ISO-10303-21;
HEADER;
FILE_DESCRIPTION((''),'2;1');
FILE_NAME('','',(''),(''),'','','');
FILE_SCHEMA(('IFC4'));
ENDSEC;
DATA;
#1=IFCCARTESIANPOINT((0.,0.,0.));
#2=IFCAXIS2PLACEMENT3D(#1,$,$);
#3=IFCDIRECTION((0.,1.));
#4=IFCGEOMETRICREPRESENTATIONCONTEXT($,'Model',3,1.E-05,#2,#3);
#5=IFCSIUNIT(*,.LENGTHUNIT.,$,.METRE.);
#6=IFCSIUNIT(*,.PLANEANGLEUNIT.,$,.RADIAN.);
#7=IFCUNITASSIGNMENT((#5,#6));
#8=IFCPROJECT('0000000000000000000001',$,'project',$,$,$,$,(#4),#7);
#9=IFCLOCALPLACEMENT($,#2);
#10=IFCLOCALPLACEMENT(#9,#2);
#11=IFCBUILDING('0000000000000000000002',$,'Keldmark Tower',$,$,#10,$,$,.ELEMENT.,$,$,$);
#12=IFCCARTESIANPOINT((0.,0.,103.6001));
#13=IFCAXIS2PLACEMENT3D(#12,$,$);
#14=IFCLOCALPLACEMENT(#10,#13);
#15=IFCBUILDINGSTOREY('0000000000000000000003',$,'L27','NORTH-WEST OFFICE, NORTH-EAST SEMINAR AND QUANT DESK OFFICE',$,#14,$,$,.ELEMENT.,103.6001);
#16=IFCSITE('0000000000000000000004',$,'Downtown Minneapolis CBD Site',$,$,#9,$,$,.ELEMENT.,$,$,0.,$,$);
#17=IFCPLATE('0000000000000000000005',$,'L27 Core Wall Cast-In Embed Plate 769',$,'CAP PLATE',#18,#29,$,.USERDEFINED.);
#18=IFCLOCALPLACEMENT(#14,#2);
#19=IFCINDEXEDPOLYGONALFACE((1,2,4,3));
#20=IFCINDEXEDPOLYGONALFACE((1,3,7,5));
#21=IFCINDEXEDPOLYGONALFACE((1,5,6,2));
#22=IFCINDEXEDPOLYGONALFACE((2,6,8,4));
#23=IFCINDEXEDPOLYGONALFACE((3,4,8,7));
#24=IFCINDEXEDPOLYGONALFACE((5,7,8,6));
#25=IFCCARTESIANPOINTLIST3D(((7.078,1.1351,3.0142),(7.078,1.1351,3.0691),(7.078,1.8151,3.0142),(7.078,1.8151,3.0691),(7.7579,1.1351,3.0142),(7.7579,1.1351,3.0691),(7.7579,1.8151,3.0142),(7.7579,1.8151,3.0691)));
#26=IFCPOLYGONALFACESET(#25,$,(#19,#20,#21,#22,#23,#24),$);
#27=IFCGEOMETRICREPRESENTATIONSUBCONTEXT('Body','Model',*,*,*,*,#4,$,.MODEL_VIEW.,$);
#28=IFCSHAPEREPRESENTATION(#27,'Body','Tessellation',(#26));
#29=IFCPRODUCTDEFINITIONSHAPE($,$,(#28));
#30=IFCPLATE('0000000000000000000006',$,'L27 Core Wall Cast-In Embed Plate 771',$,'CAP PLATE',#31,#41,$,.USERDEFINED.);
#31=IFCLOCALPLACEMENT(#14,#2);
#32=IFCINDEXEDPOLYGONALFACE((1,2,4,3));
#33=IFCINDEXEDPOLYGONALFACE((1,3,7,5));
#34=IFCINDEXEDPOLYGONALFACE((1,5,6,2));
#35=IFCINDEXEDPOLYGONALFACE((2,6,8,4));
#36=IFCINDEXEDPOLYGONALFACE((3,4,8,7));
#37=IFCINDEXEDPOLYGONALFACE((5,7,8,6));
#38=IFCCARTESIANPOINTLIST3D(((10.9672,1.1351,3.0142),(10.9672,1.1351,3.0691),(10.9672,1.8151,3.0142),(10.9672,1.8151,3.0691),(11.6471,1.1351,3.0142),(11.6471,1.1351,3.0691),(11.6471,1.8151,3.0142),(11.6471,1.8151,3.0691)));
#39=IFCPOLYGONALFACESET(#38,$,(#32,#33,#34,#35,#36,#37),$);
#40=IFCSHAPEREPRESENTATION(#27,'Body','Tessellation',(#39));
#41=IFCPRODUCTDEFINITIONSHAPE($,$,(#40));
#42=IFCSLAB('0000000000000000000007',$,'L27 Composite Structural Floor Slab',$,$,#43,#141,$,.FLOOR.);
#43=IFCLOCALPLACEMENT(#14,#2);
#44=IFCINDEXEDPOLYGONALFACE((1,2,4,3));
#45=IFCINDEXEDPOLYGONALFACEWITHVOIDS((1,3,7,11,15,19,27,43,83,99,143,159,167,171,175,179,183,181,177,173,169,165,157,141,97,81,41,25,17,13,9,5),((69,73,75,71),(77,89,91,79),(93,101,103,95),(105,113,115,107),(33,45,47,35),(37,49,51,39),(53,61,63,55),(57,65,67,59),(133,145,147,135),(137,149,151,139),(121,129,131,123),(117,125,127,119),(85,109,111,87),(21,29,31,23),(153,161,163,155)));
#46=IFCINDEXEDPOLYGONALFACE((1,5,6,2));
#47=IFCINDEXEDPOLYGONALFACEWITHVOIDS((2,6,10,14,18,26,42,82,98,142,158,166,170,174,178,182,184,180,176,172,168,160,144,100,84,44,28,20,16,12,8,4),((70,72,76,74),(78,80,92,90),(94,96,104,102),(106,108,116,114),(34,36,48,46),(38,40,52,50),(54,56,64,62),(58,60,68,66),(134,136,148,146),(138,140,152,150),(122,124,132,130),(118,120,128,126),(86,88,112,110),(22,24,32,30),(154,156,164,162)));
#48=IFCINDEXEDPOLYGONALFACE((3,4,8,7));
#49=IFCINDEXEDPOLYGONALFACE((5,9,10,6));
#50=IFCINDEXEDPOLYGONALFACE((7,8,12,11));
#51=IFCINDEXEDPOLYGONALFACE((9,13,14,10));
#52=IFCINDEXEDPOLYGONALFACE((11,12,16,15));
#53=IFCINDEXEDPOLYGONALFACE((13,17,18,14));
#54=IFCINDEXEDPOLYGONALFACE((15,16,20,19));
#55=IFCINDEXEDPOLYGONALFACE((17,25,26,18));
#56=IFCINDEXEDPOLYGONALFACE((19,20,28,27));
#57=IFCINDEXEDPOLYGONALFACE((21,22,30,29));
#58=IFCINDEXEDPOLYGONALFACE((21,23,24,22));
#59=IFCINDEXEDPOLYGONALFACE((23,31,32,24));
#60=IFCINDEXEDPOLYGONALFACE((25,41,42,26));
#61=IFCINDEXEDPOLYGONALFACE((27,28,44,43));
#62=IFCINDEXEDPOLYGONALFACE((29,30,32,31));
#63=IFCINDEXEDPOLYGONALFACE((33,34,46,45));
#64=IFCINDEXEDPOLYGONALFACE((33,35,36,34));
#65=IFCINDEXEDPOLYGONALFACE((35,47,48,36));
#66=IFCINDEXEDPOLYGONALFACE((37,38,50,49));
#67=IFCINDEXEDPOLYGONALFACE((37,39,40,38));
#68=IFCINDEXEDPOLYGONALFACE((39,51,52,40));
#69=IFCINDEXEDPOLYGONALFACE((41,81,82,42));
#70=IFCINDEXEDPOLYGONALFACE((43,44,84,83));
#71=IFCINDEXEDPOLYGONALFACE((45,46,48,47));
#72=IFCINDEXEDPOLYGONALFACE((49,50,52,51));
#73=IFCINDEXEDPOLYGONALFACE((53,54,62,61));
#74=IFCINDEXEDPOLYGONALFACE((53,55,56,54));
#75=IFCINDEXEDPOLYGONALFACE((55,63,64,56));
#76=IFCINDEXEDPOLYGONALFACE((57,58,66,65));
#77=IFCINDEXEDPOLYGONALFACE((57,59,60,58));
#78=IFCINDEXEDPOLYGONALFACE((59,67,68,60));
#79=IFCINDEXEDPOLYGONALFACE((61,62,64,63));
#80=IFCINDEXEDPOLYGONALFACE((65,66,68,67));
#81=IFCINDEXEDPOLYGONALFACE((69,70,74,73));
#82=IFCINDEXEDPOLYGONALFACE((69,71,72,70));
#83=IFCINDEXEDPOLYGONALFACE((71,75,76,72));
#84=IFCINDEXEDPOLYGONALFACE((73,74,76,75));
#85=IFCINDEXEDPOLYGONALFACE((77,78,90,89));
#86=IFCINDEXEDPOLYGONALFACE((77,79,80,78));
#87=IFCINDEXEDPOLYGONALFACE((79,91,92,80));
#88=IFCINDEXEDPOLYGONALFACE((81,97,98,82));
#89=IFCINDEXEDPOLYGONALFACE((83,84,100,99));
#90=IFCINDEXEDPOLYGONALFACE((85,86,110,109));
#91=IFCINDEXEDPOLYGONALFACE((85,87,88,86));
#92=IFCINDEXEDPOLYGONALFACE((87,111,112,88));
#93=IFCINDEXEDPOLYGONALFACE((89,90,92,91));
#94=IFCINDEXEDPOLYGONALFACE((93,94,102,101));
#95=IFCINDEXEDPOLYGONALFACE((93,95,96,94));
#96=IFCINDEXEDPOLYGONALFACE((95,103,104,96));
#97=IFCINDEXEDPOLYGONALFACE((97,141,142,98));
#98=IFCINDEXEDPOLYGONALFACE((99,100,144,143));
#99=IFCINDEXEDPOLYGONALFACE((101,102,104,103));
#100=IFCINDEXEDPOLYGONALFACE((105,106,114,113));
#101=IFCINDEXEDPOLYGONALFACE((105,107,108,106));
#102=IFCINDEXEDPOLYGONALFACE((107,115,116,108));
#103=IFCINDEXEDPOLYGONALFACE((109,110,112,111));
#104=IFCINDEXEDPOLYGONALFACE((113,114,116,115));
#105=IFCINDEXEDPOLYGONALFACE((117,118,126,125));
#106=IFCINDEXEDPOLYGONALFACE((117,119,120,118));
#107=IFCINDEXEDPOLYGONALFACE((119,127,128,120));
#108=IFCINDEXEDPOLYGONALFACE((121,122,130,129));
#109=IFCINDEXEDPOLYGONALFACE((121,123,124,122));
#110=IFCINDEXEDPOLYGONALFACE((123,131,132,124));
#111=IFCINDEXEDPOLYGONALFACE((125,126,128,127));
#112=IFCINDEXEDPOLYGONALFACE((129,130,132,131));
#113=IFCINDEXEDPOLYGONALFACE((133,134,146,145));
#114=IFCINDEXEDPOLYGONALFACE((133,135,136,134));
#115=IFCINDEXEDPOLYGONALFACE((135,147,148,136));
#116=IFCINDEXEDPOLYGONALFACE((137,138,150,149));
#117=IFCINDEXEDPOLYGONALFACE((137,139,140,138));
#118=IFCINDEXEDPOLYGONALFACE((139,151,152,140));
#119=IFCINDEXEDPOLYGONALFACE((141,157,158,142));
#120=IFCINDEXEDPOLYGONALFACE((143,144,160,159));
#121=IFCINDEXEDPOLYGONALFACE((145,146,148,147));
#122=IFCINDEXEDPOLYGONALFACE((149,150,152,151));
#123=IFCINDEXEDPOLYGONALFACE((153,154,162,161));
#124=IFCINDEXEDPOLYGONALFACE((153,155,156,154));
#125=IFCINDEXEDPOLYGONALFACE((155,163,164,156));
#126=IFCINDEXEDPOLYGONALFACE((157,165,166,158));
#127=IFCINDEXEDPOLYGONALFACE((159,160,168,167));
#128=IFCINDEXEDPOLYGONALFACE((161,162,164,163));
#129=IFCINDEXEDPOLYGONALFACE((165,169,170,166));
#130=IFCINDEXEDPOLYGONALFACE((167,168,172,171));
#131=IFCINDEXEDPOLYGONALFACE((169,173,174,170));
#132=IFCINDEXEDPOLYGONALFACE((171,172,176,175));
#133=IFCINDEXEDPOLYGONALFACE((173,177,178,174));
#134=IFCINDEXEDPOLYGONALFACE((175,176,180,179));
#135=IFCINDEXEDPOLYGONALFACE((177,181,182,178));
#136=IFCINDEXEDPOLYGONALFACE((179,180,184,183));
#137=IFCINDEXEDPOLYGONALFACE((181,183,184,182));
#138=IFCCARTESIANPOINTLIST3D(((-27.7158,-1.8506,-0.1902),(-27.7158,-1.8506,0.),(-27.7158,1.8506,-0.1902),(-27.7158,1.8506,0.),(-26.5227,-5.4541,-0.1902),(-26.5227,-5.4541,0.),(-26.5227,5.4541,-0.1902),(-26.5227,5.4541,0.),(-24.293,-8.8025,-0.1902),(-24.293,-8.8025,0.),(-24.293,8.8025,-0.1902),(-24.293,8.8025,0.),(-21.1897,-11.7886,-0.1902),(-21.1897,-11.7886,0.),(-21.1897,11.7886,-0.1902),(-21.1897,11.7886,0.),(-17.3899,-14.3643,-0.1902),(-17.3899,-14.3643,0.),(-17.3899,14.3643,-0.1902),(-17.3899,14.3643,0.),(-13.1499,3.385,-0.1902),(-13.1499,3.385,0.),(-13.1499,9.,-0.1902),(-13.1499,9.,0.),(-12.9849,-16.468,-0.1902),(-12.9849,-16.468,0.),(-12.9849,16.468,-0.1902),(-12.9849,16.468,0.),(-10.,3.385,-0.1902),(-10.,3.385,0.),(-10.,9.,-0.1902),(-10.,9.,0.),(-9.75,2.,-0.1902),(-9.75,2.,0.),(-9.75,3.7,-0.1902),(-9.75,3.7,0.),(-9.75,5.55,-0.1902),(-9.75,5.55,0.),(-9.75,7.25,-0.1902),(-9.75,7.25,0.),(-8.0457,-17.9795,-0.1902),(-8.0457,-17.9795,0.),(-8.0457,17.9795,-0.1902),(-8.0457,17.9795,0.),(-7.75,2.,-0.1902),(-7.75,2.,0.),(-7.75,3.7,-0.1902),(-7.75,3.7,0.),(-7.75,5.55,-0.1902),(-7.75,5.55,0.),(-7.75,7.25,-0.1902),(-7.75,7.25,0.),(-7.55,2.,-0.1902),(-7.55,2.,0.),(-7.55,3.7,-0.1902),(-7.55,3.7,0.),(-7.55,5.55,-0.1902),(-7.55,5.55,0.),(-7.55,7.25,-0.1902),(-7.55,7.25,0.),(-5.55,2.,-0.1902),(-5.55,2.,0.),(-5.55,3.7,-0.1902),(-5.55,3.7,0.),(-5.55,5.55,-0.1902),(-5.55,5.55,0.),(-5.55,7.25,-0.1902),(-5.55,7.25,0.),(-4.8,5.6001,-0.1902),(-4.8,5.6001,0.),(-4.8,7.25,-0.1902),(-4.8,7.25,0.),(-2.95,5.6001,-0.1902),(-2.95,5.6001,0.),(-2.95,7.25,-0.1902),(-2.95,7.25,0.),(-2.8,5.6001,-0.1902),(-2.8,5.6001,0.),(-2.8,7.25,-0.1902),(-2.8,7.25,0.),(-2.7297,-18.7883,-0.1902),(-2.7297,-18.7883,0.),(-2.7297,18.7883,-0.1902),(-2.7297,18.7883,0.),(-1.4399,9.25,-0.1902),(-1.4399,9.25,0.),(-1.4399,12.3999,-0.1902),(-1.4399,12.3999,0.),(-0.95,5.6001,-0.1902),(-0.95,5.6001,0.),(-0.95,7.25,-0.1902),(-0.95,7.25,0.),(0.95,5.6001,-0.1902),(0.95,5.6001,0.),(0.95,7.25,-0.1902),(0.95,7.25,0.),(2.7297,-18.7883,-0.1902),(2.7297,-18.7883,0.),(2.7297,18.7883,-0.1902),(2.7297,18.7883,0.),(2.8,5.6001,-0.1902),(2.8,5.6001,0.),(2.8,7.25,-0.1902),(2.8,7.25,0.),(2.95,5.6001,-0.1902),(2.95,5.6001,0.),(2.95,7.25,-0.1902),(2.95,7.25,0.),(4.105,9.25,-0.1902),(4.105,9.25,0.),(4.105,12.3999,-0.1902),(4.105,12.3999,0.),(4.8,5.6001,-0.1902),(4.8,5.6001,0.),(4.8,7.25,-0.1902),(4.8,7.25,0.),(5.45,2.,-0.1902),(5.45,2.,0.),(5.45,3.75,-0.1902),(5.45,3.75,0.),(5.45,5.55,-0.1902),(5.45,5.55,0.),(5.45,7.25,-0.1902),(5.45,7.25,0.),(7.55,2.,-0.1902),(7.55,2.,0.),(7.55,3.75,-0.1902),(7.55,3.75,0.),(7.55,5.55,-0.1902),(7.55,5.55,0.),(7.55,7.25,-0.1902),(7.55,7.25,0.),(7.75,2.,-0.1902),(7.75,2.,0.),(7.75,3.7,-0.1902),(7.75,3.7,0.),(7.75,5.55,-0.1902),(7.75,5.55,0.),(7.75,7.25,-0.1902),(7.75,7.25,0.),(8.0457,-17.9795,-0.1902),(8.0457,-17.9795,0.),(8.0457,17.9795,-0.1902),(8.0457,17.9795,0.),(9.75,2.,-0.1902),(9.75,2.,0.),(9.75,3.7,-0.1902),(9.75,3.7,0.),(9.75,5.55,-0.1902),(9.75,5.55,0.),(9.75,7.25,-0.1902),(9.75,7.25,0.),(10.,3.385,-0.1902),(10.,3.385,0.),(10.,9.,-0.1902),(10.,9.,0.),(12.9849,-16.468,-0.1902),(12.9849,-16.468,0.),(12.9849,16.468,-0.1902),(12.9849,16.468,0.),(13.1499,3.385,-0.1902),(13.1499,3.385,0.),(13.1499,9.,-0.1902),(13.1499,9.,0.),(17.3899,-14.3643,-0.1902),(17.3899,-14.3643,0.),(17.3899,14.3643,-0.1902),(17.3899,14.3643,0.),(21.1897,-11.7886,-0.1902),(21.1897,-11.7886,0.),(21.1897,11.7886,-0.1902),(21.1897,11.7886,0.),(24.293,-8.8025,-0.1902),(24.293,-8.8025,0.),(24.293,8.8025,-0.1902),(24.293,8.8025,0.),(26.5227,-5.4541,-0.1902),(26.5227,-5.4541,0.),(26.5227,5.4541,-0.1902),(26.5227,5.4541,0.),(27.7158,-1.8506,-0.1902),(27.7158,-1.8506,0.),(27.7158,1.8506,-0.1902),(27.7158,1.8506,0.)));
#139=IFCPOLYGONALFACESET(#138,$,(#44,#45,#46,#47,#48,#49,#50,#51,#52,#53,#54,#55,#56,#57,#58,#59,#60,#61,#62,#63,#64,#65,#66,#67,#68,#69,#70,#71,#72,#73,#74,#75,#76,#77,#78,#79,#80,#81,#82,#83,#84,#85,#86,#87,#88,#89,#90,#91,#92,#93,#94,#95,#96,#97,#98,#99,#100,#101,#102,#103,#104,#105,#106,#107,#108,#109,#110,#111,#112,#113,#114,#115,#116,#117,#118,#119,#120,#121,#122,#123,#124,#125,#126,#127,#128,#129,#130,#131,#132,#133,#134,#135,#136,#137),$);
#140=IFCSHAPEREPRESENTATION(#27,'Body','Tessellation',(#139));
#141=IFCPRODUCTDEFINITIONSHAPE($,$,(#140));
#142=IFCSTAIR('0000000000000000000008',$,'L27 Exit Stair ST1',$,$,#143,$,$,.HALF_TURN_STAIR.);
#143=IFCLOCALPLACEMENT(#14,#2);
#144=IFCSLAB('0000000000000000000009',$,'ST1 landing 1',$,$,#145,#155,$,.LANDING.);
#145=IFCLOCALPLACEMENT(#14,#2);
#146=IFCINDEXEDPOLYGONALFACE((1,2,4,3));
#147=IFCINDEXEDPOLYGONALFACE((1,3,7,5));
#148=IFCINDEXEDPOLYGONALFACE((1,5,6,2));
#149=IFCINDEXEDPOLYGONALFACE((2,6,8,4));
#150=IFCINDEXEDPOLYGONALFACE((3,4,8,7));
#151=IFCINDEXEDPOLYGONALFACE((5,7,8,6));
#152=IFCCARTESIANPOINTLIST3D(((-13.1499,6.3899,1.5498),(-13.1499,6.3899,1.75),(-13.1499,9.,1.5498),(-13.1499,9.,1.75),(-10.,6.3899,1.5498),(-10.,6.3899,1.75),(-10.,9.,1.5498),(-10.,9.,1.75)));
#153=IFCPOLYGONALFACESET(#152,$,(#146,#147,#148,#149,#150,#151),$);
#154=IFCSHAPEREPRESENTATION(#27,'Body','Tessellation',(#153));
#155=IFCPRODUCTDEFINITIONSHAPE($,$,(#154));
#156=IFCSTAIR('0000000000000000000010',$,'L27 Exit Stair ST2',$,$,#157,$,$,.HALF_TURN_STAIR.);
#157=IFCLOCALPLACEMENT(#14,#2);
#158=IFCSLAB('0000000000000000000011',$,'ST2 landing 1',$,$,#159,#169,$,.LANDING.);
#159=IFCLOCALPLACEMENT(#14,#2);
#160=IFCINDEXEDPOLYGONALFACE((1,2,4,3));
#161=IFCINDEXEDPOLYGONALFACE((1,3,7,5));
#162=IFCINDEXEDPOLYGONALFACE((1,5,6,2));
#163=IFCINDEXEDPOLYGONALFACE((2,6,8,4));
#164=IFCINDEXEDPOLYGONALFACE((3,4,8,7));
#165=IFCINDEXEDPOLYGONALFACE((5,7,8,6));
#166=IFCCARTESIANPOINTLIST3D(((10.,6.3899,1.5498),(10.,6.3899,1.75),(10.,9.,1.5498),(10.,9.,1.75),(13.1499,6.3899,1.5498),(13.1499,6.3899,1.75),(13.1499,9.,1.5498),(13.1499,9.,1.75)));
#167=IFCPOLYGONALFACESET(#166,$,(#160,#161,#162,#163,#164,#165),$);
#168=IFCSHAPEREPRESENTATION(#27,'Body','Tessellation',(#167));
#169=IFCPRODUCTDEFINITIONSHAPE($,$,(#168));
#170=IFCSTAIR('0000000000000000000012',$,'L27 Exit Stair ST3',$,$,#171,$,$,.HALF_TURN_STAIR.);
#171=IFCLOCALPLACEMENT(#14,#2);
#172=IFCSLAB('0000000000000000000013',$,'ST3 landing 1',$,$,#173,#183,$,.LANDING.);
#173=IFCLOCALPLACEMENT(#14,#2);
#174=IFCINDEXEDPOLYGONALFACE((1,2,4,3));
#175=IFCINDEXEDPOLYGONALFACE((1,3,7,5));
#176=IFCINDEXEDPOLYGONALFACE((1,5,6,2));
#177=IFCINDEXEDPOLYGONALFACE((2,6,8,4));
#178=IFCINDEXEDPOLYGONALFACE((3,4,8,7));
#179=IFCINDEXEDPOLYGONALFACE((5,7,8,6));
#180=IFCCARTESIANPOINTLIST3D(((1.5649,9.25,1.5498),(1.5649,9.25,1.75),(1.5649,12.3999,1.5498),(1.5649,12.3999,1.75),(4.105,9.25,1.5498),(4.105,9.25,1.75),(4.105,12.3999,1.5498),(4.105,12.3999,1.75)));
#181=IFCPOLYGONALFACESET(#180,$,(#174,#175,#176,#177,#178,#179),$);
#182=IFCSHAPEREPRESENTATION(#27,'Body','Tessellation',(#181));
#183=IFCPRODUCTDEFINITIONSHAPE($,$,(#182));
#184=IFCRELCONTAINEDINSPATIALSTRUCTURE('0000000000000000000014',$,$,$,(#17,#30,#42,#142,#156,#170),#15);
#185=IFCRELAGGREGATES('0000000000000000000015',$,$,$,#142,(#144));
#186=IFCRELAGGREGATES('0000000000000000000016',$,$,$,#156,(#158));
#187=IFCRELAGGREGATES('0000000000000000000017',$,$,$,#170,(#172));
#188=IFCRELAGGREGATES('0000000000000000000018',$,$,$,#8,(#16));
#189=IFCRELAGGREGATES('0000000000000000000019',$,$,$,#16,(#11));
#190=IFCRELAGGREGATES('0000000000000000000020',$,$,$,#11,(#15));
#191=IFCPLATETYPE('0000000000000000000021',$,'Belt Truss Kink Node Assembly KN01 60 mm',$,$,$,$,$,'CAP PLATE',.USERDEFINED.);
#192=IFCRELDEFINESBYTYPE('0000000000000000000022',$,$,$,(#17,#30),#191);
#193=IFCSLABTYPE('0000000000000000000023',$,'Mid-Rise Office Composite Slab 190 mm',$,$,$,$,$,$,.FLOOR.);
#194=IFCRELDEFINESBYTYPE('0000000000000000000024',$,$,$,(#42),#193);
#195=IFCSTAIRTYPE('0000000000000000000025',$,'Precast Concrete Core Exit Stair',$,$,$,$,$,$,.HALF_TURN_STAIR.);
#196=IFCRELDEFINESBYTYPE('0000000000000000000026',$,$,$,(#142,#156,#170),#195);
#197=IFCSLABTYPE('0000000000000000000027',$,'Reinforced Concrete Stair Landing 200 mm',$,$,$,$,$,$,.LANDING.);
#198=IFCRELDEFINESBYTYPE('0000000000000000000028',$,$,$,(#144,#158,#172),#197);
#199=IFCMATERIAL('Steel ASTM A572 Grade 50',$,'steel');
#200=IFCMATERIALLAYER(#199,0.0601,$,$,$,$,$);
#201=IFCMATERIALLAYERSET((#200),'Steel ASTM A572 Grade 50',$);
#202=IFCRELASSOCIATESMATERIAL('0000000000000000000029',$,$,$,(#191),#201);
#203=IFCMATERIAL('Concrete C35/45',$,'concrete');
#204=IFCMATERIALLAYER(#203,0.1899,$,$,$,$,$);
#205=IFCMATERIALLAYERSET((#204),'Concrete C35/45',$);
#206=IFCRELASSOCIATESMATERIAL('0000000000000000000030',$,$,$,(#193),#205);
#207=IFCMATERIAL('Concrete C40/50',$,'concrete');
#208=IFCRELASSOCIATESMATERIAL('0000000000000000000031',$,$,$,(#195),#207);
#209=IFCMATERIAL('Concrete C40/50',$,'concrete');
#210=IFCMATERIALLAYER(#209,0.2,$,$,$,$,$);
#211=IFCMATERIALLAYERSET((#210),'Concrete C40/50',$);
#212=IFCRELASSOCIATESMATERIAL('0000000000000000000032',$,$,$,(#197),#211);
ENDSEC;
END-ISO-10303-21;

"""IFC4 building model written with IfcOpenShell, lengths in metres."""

from ifc_helpers import new_model, si_unit, direction, frame, origin, origin_2d, place, context, subcontext, project, spatial, polyline, rectangle, outline, extrude, material, layer, layer_set, type_object, element, aggregate, save


model = new_model("IFC4")

# Units and contexts
model_context = context("Model", 3, precision=1e-05, world=origin(), true_north=direction((0.0, 1.0)))
body_context = subcontext(model_context, "Body", "Model", "MODEL_VIEW")
ifc_project = project(units=[si_unit("LENGTHUNIT", "METRE"), si_unit("PLANEANGLEUNIT", "RADIAN")], contexts=[model_context])

# Site, building, storey
site_placement = place(None, origin())
site = spatial("IfcSite", under=ifc_project, at=site_placement, Name="Downtown Minneapolis CBD Site", CompositionType="ELEMENT", RefElevation=0.0)
building_placement = place(site_placement, origin())
building = spatial("IfcBuilding", under=site, at=building_placement, Name="Keldmark Tower", CompositionType="ELEMENT")
storey_placement = place(building_placement, frame((0.0, 0.0, 103.6001)))
storey = spatial("IfcBuildingStorey", under=building, at=storey_placement, Name="L27", Description="NORTH-WEST OFFICE, NORTH-EAST SEMINAR AND QUANT DESK OFFICE", CompositionType="ELEMENT", Elevation=103.6001)

# Plates
ifc_material_1 = material(Name="Steel ASTM A572 Grade 50", Category="steel")
ifc_layer_1 = layer(ifc_material_1, 0.0601)
ifc_layer_set_1 = layer_set([ifc_layer_1], Name="Steel ASTM A572 Grade 50")
plate_type = type_object("IfcPlateType", Name="Belt Truss Kink Node Assembly KN01 60 mm", ElementType="CAP PLATE", PredefinedType="USERDEFINED", material=ifc_layer_set_1)
for number, where, z_axis, x_axis, name in (
    (1, (7.418, 1.4751, 3.0142), (0.0, 0.0, 1.0), (1.0, 0.0, 0.0), "L27 Core Wall Cast-In Embed Plate 769"),
    (2, (11.3071, 1.4751, 3.0142), (0.0, 0.0, 1.0), (1.0, 0.0, 0.0), "L27 Core Wall Cast-In Embed Plate 771"),
):
    element("IfcPlate", number, at=place(storey_placement, frame(where, z_axis=z_axis, x_axis=x_axis)), inside=storey, type_object=plate_type, Name=name, ObjectType="CAP PLATE", PredefinedType="USERDEFINED", context=body_context, shape_type="SweptSolid", body=[
        extrude(rectangle(XDim=0.6799, YDim=0.6799, at=origin_2d()), origin(), (0.0, 0.0, 1.0), 0.0549),
    ])

# Slab
ifc_material_2 = material(Name="Concrete C35/45", Category="concrete")
ifc_layer_2 = layer(ifc_material_2, 0.1899)
ifc_layer_set_2 = layer_set([ifc_layer_2], Name="Concrete C35/45")
slab_type_1 = type_object("IfcSlabType", Name="Mid-Rise Office Composite Slab 190 mm", PredefinedType="FLOOR", material=ifc_layer_set_2)
slab_1_placement = place(storey_placement, frame((0.0, 0.0, -0.1902)))
element("IfcSlab", 3, at=slab_1_placement, inside=storey, type_object=slab_type_1, Name="L27 Composite Structural Floor Slab", PredefinedType="FLOOR", context=body_context, shape_type="SweptSolid", body=[
    extrude(outline(polyline([(27.7158, 1.8506), (26.5227, 5.4541), (24.293, 8.8025), (21.1897, 11.7886), (17.3899, 14.3643), (12.9849, 16.468), (8.0457, 17.9795), (2.7297, 18.7883), (-2.7297, 18.7883), (-8.0457, 17.9795), (-12.9849, 16.468), (-17.3899, 14.3643), (-21.1897, 11.7886), (-24.293, 8.8025), (-26.5227, 5.4541), (-27.7158, 1.8506), (-27.7158, -1.8506), (-26.5227, -5.4541), (-24.293, -8.8025), (-21.1897, -11.7886), (-17.3899, -14.3643), (-12.9849, -16.468), (-8.0457, -17.9795), (-2.7297, -18.7883), (2.7297, -18.7883), (8.0457, -17.9795), (12.9849, -16.468), (17.3899, -14.3643), (21.1897, -11.7886), (24.293, -8.8025), (26.5227, -5.4541), (27.7158, -1.8506), (27.7158, 1.8506)]), holes=[polyline([(-10.0, 3.385), (-10.0, 9.0), (-13.1499, 9.0), (-13.1499, 3.385), (-10.0, 3.385)]), polyline([(13.1499, 3.385), (13.1499, 9.0), (10.0, 9.0), (10.0, 3.385), (13.1499, 3.385)]), polyline([(-1.4399, 9.25), (4.105, 9.25), (4.105, 12.3999), (-1.4399, 12.3999), (-1.4399, 9.25)]), polyline([(-9.75, 2.0), (-7.75, 2.0), (-7.75, 3.7), (-9.75, 3.7), (-9.75, 2.0)]), polyline([(7.75, 2.0), (9.75, 2.0), (9.75, 3.7), (7.75, 3.7), (7.75, 2.0)]), polyline([(5.45, 2.0), (7.55, 2.0), (7.55, 3.75), (5.45, 3.75), (5.45, 2.0)]), polyline([(-4.8, 5.6001), (-2.95, 5.6001), (-2.95, 7.25), (-4.8, 7.25), (-4.8, 5.6001)]), polyline([(-2.8, 5.6001), (-0.95, 5.6001), (-0.95, 7.25), (-2.8, 7.25), (-2.8, 5.6001)]), polyline([(0.95, 5.6001), (2.8, 5.6001), (2.8, 7.25), (0.95, 7.25), (0.95, 5.6001)]), polyline([(2.95, 5.6001), (4.8, 5.6001), (4.8, 7.25), (2.95, 7.25), (2.95, 5.6001)]), polyline([(-9.75, 5.55), (-7.75, 5.55), (-7.75, 7.25), (-9.75, 7.25), (-9.75, 5.55)]), polyline([(-7.55, 5.55), (-5.55, 5.55), (-5.55, 7.25), (-7.55, 7.25), (-7.55, 5.55)]), polyline([(-7.55, 2.0), (-5.55, 2.0), (-5.55, 3.7), (-7.55, 3.7), (-7.55, 2.0)]), polyline([(5.45, 5.55), (7.55, 5.55), (7.55, 7.25), (5.45, 7.25), (5.45, 5.55)]), polyline([(7.75, 5.55), (9.75, 5.55), (9.75, 7.25), (7.75, 7.25), (7.75, 5.55)])]), origin(), (0.0, 0.0, 1.0), 0.1902),
])

# Stairs, slabs
ifc_material_3 = material(Name="Concrete C40/50", Category="concrete")
stair_type = type_object("IfcStairType", Name="Precast Concrete Core Exit Stair", PredefinedType="HALF_TURN_STAIR", material=ifc_material_3)
stair_1_placement = place(storey_placement, origin())
stair_1 = element("IfcStair", 4, at=stair_1_placement, inside=storey, type_object=stair_type, Name="L27 Exit Stair ST1", PredefinedType="HALF_TURN_STAIR")
ifc_material_4 = material(Name="Concrete C40/50", Category="concrete")
ifc_layer_3 = layer(ifc_material_4, 0.2)
ifc_layer_set_3 = layer_set([ifc_layer_3], Name="Concrete C40/50")
slab_type_2 = type_object("IfcSlabType", Name="Reinforced Concrete Stair Landing 200 mm", PredefinedType="LANDING", material=ifc_layer_set_3)
slab_2_placement = place(storey_placement, frame((0.0, 0.0, 1.5498)))
slab_2 = element("IfcSlab", 5, at=slab_2_placement, type_object=slab_type_2, Name="ST1 landing 1", PredefinedType="LANDING", context=body_context, shape_type="SweptSolid", body=[
    extrude(outline(polyline([(-10.0, 6.3899), (-10.0, 9.0), (-13.1499, 9.0), (-13.1499, 6.3899), (-10.0, 6.3899)])), origin(), (0.0, 0.0, 1.0), 0.2002),
])
aggregate(stair_1, [slab_2])
stair_2_placement = place(storey_placement, origin())
stair_2 = element("IfcStair", 6, at=stair_2_placement, inside=storey, type_object=stair_type, Name="L27 Exit Stair ST2", PredefinedType="HALF_TURN_STAIR")
slab_3_placement = place(storey_placement, frame((0.0, 0.0, 1.5498)))
slab_3 = element("IfcSlab", 7, at=slab_3_placement, type_object=slab_type_2, Name="ST2 landing 1", PredefinedType="LANDING", context=body_context, shape_type="SweptSolid", body=[
    extrude(outline(polyline([(13.1499, 6.3899), (13.1499, 9.0), (10.0, 9.0), (10.0, 6.3899), (13.1499, 6.3899)])), origin(), (0.0, 0.0, 1.0), 0.2002),
])
aggregate(stair_2, [slab_3])
stair_3_placement = place(storey_placement, origin())
stair_3 = element("IfcStair", 8, at=stair_3_placement, inside=storey, type_object=stair_type, Name="L27 Exit Stair ST3", PredefinedType="HALF_TURN_STAIR")
slab_4_placement = place(storey_placement, frame((0.0, 0.0, 1.5498)))
slab_4 = element("IfcSlab", 9, at=slab_4_placement, type_object=slab_type_2, Name="ST3 landing 1", PredefinedType="LANDING", context=body_context, shape_type="SweptSolid", body=[
    extrude(outline(polyline([(1.5649, 9.25), (4.105, 9.25), (4.105, 12.3999), (1.5649, 12.3999), (1.5649, 9.25)])), origin(), (0.0, 0.0, 1.0), 0.2002),
])
aggregate(stair_3, [slab_4])

save(model, "model.ifc")
